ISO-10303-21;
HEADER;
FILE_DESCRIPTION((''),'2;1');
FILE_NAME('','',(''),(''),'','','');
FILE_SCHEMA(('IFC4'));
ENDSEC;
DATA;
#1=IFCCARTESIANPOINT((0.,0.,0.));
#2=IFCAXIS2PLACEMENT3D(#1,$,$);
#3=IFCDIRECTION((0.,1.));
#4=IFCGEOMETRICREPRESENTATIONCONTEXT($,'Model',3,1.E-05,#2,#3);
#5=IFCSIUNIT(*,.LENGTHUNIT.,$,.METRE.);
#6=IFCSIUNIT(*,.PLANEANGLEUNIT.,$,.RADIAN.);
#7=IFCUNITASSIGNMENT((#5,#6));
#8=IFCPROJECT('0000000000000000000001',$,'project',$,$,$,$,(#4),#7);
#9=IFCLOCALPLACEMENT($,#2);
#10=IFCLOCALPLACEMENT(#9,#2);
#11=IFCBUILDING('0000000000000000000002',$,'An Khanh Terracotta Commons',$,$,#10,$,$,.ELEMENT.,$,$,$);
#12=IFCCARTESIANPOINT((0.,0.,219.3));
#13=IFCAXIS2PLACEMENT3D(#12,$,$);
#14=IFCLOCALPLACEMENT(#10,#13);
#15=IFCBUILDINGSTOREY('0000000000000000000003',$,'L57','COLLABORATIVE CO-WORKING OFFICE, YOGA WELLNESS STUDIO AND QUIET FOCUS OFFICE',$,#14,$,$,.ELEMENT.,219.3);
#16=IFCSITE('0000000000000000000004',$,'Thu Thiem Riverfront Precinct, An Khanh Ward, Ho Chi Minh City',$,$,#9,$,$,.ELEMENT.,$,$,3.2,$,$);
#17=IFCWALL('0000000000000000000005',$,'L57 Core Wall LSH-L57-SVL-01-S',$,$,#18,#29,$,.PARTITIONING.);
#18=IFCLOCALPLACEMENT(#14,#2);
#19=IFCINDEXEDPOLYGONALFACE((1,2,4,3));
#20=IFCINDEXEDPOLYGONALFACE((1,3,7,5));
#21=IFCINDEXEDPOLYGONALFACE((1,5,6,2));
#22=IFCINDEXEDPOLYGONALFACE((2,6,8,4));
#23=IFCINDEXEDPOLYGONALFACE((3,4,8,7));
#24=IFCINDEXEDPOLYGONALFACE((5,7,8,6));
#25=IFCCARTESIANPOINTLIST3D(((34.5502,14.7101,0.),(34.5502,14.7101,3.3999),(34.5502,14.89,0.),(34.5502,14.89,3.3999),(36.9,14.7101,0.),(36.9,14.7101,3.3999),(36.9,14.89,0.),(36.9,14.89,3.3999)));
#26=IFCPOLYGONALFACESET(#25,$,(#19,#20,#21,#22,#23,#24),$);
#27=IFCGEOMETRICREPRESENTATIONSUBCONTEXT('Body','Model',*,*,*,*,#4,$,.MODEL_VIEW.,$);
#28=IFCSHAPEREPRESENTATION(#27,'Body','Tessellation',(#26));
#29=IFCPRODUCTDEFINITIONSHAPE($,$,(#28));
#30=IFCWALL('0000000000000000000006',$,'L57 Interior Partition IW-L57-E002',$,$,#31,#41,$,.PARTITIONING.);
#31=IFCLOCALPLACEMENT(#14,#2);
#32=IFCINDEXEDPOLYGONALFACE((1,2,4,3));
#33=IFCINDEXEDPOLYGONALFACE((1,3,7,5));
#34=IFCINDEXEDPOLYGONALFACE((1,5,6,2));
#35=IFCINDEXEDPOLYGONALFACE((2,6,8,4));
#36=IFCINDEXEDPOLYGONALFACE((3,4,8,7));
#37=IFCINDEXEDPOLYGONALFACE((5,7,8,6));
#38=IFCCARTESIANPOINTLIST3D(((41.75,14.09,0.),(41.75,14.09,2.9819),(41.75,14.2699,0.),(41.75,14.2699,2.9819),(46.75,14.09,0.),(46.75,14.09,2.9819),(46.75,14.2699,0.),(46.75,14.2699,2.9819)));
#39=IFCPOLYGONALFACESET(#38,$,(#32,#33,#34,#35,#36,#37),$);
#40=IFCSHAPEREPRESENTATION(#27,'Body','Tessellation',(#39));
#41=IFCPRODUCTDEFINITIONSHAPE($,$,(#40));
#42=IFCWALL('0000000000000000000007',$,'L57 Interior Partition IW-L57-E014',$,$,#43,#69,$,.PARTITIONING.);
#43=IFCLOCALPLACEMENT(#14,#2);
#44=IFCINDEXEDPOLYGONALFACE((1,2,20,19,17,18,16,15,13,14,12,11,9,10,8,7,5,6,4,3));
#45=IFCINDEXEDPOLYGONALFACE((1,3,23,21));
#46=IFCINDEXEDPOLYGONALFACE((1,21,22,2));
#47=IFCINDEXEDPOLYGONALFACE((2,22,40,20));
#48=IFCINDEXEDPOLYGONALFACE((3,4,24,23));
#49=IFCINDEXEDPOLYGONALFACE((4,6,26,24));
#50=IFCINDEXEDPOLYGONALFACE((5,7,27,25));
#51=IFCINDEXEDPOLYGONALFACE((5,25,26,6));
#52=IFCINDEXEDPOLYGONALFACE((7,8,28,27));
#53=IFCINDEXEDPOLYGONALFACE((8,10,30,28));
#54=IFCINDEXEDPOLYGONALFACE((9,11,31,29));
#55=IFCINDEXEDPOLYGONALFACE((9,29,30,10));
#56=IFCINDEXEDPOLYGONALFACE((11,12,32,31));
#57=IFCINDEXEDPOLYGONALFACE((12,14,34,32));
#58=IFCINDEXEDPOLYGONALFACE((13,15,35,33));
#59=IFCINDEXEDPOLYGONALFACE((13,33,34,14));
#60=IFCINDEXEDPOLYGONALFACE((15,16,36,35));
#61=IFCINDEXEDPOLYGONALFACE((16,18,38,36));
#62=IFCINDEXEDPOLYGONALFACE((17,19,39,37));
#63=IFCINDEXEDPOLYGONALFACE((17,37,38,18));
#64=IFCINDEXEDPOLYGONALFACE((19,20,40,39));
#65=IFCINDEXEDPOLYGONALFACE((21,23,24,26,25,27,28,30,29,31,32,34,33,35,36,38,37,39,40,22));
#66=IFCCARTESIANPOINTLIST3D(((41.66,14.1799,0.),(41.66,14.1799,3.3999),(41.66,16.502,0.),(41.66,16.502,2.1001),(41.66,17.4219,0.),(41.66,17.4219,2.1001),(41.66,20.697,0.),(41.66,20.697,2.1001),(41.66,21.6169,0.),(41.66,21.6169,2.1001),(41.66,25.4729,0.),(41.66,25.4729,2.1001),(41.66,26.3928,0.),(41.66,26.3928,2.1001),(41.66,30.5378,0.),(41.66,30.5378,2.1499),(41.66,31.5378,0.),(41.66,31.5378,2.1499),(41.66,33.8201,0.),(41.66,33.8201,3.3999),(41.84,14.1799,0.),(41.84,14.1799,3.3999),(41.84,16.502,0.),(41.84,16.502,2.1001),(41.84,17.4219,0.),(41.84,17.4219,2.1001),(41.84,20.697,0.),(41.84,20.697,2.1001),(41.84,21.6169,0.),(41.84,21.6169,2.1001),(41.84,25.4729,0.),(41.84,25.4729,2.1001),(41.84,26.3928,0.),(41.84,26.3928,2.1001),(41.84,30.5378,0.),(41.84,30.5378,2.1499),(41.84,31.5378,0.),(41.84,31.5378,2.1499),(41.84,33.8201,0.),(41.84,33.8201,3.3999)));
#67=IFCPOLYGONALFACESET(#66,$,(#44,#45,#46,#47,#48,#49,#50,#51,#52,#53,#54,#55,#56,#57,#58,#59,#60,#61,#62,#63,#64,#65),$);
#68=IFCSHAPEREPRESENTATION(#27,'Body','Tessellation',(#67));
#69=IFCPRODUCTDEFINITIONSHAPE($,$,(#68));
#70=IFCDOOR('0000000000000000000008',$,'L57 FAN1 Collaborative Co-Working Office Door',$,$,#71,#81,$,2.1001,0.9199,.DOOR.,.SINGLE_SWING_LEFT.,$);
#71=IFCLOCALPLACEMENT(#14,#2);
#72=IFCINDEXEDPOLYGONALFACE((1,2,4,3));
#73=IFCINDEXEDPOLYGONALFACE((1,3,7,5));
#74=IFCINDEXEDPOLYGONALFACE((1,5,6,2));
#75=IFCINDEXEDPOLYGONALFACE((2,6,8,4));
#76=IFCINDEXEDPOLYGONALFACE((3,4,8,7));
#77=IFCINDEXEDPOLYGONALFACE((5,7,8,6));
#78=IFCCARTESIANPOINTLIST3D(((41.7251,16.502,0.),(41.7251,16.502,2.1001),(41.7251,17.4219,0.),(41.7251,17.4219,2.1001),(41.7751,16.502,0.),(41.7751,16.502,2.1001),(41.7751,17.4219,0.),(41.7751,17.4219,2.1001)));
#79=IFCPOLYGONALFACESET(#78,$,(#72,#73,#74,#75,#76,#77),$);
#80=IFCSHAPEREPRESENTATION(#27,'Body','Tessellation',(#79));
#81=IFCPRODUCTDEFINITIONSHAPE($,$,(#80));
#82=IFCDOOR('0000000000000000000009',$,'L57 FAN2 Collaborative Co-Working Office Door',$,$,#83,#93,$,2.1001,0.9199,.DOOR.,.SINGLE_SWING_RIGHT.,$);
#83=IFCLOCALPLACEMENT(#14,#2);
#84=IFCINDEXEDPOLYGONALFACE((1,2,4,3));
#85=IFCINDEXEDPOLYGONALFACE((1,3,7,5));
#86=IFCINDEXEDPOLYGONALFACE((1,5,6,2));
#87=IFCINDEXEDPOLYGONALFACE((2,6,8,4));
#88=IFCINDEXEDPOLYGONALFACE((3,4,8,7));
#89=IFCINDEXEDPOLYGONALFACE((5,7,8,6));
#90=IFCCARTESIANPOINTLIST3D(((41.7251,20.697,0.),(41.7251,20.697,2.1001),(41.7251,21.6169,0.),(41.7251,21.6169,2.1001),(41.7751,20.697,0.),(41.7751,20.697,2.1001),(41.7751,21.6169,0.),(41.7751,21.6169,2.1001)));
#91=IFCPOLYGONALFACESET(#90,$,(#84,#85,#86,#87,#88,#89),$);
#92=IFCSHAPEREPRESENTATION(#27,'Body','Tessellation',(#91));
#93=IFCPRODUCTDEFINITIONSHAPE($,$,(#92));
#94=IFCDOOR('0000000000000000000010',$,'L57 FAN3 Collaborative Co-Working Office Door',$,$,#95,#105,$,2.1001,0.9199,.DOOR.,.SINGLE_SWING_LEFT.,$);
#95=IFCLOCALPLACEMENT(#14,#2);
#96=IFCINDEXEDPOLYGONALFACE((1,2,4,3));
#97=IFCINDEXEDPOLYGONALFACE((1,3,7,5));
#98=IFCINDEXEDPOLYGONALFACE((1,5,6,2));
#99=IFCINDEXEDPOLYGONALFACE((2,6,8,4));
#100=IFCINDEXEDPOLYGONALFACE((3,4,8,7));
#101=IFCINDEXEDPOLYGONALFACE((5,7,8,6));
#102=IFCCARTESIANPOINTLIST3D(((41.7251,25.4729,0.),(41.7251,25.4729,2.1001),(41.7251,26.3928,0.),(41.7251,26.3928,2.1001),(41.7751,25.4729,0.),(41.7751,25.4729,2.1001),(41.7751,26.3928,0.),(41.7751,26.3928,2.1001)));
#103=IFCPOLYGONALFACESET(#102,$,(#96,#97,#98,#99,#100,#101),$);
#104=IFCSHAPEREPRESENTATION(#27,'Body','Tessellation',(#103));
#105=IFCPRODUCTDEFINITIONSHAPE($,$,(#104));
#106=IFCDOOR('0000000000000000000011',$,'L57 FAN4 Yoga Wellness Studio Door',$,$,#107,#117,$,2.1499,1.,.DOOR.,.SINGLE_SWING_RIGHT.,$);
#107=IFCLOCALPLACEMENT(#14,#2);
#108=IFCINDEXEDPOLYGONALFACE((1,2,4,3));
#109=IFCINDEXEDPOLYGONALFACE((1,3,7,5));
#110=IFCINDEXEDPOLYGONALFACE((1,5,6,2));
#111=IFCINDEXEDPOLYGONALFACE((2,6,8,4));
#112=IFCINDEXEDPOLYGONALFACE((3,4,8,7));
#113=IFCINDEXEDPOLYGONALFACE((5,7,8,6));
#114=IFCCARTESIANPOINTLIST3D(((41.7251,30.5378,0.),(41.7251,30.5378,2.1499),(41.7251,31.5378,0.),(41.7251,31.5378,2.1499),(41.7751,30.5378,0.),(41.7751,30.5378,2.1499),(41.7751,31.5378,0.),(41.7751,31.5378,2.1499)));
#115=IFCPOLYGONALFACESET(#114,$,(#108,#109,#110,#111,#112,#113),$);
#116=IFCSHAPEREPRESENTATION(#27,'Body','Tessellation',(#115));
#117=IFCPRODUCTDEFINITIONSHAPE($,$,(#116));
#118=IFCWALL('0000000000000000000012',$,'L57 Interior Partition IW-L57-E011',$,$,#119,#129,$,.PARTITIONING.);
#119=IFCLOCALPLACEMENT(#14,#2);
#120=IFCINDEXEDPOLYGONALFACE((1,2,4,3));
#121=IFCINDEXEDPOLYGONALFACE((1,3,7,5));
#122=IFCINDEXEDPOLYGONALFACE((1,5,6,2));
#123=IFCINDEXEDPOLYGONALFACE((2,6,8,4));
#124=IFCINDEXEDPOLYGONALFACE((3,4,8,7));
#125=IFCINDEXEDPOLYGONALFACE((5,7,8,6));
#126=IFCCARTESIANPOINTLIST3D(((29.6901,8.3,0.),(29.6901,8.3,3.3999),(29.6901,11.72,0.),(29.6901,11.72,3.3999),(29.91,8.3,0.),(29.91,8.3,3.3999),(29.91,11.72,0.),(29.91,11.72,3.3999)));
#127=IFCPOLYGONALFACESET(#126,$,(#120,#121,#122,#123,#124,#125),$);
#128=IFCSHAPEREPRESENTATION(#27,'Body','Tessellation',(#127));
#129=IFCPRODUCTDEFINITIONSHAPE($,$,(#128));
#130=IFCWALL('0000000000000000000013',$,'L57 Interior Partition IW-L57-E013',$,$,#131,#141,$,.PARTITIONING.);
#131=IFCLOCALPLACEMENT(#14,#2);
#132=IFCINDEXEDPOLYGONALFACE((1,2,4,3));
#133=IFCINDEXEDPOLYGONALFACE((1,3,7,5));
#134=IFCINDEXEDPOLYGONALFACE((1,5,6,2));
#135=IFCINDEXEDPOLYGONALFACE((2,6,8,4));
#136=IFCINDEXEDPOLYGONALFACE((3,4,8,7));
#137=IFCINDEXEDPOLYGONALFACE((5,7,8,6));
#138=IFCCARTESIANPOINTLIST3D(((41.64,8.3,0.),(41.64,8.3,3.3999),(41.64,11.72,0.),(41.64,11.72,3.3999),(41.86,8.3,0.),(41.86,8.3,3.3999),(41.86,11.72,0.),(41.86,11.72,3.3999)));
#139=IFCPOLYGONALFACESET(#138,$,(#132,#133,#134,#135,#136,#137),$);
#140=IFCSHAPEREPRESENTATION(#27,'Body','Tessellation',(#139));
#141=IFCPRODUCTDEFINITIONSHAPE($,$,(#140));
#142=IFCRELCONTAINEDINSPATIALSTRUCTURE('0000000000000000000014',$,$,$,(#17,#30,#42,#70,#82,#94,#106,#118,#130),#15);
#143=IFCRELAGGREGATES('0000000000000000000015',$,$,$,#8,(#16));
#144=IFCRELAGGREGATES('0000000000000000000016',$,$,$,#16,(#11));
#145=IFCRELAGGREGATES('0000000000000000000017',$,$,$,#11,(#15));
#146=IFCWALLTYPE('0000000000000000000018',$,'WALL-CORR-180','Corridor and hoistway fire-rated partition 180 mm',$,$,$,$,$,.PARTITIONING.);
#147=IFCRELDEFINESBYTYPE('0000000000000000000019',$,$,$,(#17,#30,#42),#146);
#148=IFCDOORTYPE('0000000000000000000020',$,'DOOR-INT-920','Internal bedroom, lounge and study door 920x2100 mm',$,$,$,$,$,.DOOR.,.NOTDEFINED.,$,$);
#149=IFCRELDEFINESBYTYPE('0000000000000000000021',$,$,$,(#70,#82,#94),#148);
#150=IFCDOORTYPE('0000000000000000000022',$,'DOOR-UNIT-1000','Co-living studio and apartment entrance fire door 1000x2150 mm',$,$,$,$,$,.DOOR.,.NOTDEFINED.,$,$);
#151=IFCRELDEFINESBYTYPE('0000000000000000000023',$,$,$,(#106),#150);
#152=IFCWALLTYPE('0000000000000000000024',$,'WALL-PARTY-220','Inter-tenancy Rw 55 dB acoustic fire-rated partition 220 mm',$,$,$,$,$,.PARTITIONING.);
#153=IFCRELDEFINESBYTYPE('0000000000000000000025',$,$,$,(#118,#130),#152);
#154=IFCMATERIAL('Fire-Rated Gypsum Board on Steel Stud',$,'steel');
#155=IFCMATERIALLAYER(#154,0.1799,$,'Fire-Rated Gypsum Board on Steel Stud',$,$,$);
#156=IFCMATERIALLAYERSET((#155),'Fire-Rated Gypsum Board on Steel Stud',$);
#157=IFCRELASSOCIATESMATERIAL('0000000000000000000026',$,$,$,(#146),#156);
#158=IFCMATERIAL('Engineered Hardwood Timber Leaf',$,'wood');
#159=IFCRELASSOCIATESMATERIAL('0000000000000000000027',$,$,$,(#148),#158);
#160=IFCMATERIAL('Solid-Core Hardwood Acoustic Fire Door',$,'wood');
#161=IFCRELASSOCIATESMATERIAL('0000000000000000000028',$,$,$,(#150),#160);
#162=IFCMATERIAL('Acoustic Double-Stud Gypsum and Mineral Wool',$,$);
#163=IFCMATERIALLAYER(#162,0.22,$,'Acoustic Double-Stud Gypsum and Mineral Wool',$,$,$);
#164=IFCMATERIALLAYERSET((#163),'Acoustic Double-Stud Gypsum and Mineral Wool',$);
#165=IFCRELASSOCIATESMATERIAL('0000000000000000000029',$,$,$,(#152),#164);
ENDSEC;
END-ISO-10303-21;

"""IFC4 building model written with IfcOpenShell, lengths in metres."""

from ifc_helpers import new_model, si_unit, direction, frame, frame_2d, origin, place, context, subcontext, project, spatial, rectangle, extrude, material, layer, layer_set, type_object, element, fill, save


model = new_model("IFC4")

# Units and contexts
model_context = context("Model", 3, precision=1e-05, world=origin(), true_north=direction((0.0, 1.0)))
body_context = subcontext(model_context, "Body", "Model", "MODEL_VIEW")
ifc_project = project(units=[si_unit("LENGTHUNIT", "METRE"), si_unit("PLANEANGLEUNIT", "RADIAN")], contexts=[model_context])

# Site, building, storey
site_placement = place(None, origin())
site = spatial("IfcSite", under=ifc_project, at=site_placement, Name="Thu Thiem Riverfront Precinct, An Khanh Ward, Ho Chi Minh City", CompositionType="ELEMENT", RefElevation=3.2)
building_placement = place(site_placement, origin())
building = spatial("IfcBuilding", under=site, at=building_placement, Name="An Khanh Terracotta Commons", CompositionType="ELEMENT")
storey_placement = place(building_placement, frame((0.0, 0.0, 219.3)))
storey = spatial("IfcBuildingStorey", under=building, at=storey_placement, Name="L57", Description="COLLABORATIVE CO-WORKING OFFICE, YOGA WELLNESS STUDIO AND QUIET FOCUS OFFICE", CompositionType="ELEMENT", Elevation=219.3)

# Walls
ifc_material_1 = material(Name="Fire-Rated Gypsum Board on Steel Stud", Category="steel")
ifc_layer_1 = layer(ifc_material_1, 0.1799, Name="Fire-Rated Gypsum Board on Steel Stud")
ifc_layer_set_1 = layer_set([ifc_layer_1], Name="Fire-Rated Gypsum Board on Steel Stud")
wall_type_1 = type_object("IfcWallType", Name="WALL-CORR-180", Description="Corridor and hoistway fire-rated partition 180 mm", PredefinedType="PARTITIONING", material=ifc_layer_set_1)
wall_1_placement = place(storey_placement, frame((36.8999, 14.8, 0.0), z_axis=(0.0, 0.0, 1.0), x_axis=(-1.0, 0.0, 0.0)))
element("IfcWall", 1, at=wall_1_placement, inside=storey, type_object=wall_type_1, Name="L57 Core Wall LSH-L57-SVL-01-S", PredefinedType="PARTITIONING", context=body_context, shape_type="SweptSolid", body=[
    extrude(rectangle(XDim=2.3499, YDim=0.1799, at=frame_2d((1.1748, 0.0))), origin(), (0.0, 0.0, 1.0), 3.3999),
])
wall_2_placement = place(storey_placement, frame((41.75, 14.1799, 0.0), z_axis=(0.0, 0.0, 1.0), x_axis=(1.0, 0.0, 0.0)))
element("IfcWall", 2, at=wall_2_placement, inside=storey, type_object=wall_type_1, Name="L57 Interior Partition IW-L57-E002", PredefinedType="PARTITIONING", context=body_context, shape_type="SweptSolid", body=[
    extrude(rectangle(XDim=5.0, YDim=0.1799, at=frame_2d((2.5, 0.0))), origin(), (0.0, 0.0, 1.0), 2.9819),
])

# Wall, openings, doors
wall_3_placement = place(storey_placement, frame((41.75, 14.1799, 0.0), z_axis=(0.0, 0.0, 1.0), x_axis=(0.0, 1.0, 0.0)))
wall_3 = element("IfcWall", 3, at=wall_3_placement, inside=storey, type_object=wall_type_1, Name="L57 Interior Partition IW-L57-E014", PredefinedType="PARTITIONING", context=body_context, shape_type="SweptSolid", body=[
    extrude(rectangle(XDim=19.6401, YDim=0.1799, at=frame_2d((9.8201, 0.0))), origin(), (0.0, 0.0, 1.0), 3.3999),
])
opening_1_placement = place(wall_3_placement, frame((2.322, 0.0, 0.0)))
opening_1 = element("IfcOpeningElement", 4, at=opening_1_placement, cuts=wall_3, PredefinedType="OPENING", context=body_context, shape_type="SweptSolid", body=[
    extrude(rectangle(XDim=0.9199, YDim=2.1001, at=frame_2d((0.46, 1.05))), frame((0.0, 0.0999, 0.0), z_axis=(0.0, -1.0, 0.0), x_axis=(1.0, 0.0, 0.0)), (0.0, 0.0, 1.0), 0.2),
])
opening_2_placement = place(wall_3_placement, frame((6.5171, 0.0, 0.0)))
opening_2 = element("IfcOpeningElement", 5, at=opening_2_placement, cuts=wall_3, PredefinedType="OPENING", context=body_context, shape_type="SweptSolid", body=[
    extrude(rectangle(XDim=0.9199, YDim=2.1001, at=frame_2d((0.46, 1.05))), frame((0.0, 0.0999, 0.0), z_axis=(0.0, -1.0, 0.0), x_axis=(1.0, 0.0, 0.0)), (0.0, 0.0, 1.0), 0.2),
])
opening_3_placement = place(wall_3_placement, frame((11.293, 0.0, 0.0)))
opening_3 = element("IfcOpeningElement", 6, at=opening_3_placement, cuts=wall_3, PredefinedType="OPENING", context=body_context, shape_type="SweptSolid", body=[
    extrude(rectangle(XDim=0.9199, YDim=2.1001, at=frame_2d((0.46, 1.05))), frame((0.0, 0.0999, 0.0), z_axis=(0.0, -1.0, 0.0), x_axis=(1.0, 0.0, 0.0)), (0.0, 0.0, 1.0), 0.2),
])
opening_4_placement = place(wall_3_placement, frame((16.3579, 0.0, 0.0)))
opening_4 = element("IfcOpeningElement", 7, at=opening_4_placement, cuts=wall_3, PredefinedType="OPENING", context=body_context, shape_type="SweptSolid", body=[
    extrude(rectangle(XDim=1.0, YDim=2.1499, at=frame_2d((0.5, 1.075))), frame((0.0, 0.0999, 0.0), z_axis=(0.0, -1.0, 0.0), x_axis=(1.0, 0.0, 0.0)), (0.0, 0.0, 1.0), 0.2),
])
ifc_material_2 = material(Name="Engineered Hardwood Timber Leaf", Category="wood")
door_type_1 = type_object("IfcDoorType", Name="DOOR-INT-920", Description="Internal bedroom, lounge and study door 920x2100 mm", OperationType="NOTDEFINED", PredefinedType="DOOR", material=ifc_material_2)
door_1_placement = place(opening_1_placement, origin())
door_1 = element("IfcDoor", 8, at=door_1_placement, inside=storey, type_object=door_type_1, Name="L57 FAN1 Collaborative Co-Working Office Door", OperationType="SINGLE_SWING_LEFT", OverallHeight=2.1001, OverallWidth=0.9199, PredefinedType="DOOR", context=body_context, shape_type="SweptSolid", body=[
    extrude(rectangle(XDim=0.9199, YDim=2.1001, at=frame_2d((0.46, 1.05))), frame((0.0, 0.0249, 0.0), z_axis=(0.0, -1.0, 0.0), x_axis=(1.0, 0.0, 0.0)), (0.0, 0.0, 1.0), 0.05),
])
fill(opening_1, door_1)
door_2_placement = place(opening_2_placement, origin())
door_2 = element("IfcDoor", 9, at=door_2_placement, inside=storey, type_object=door_type_1, Name="L57 FAN2 Collaborative Co-Working Office Door", OperationType="SINGLE_SWING_RIGHT", OverallHeight=2.1001, OverallWidth=0.9199, PredefinedType="DOOR", context=body_context, shape_type="SweptSolid", body=[
    extrude(rectangle(XDim=0.9199, YDim=2.1001, at=frame_2d((0.46, 1.05))), frame((0.0, 0.0249, 0.0), z_axis=(0.0, -1.0, 0.0), x_axis=(1.0, 0.0, 0.0)), (0.0, 0.0, 1.0), 0.05),
])
fill(opening_2, door_2)
door_3_placement = place(opening_3_placement, origin())
door_3 = element("IfcDoor", 10, at=door_3_placement, inside=storey, type_object=door_type_1, Name="L57 FAN3 Collaborative Co-Working Office Door", OperationType="SINGLE_SWING_LEFT", OverallHeight=2.1001, OverallWidth=0.9199, PredefinedType="DOOR", context=body_context, shape_type="SweptSolid", body=[
    extrude(rectangle(XDim=0.9199, YDim=2.1001, at=frame_2d((0.46, 1.05))), frame((0.0, 0.0249, 0.0), z_axis=(0.0, -1.0, 0.0), x_axis=(1.0, 0.0, 0.0)), (0.0, 0.0, 1.0), 0.05),
])
fill(opening_3, door_3)
ifc_material_3 = material(Name="Solid-Core Hardwood Acoustic Fire Door", Category="wood")
door_type_2 = type_object("IfcDoorType", Name="DOOR-UNIT-1000", Description="Co-living studio and apartment entrance fire door 1000x2150 mm", OperationType="NOTDEFINED", PredefinedType="DOOR", material=ifc_material_3)
door_4_placement = place(opening_4_placement, origin())
door_4 = element("IfcDoor", 11, at=door_4_placement, inside=storey, type_object=door_type_2, Name="L57 FAN4 Yoga Wellness Studio Door", OperationType="SINGLE_SWING_RIGHT", OverallHeight=2.1499, OverallWidth=1.0, PredefinedType="DOOR", context=body_context, shape_type="SweptSolid", body=[
    extrude(rectangle(XDim=1.0, YDim=2.1499, at=frame_2d((0.5, 1.075))), frame((0.0, 0.0249, 0.0), z_axis=(0.0, -1.0, 0.0), x_axis=(1.0, 0.0, 0.0)), (0.0, 0.0, 1.0), 0.05),
])
fill(opening_4, door_4)

# Walls
ifc_material_4 = material(Name="Acoustic Double-Stud Gypsum and Mineral Wool")
ifc_layer_2 = layer(ifc_material_4, 0.22, Name="Acoustic Double-Stud Gypsum and Mineral Wool")
ifc_layer_set_2 = layer_set([ifc_layer_2], Name="Acoustic Double-Stud Gypsum and Mineral Wool")
wall_type_2 = type_object("IfcWallType", Name="WALL-PARTY-220", Description="Inter-tenancy Rw 55 dB acoustic fire-rated partition 220 mm", PredefinedType="PARTITIONING", material=ifc_layer_set_2)
for number, where, z_axis, x_axis, name in (
    (12, (29.8, 8.3, 0.0), (0.0, 0.0, 1.0), (0.0, 1.0, 0.0), "L57 Interior Partition IW-L57-E011"),
    (13, (41.75, 8.3, 0.0), (0.0, 0.0, 1.0), (0.0, 1.0, 0.0), "L57 Interior Partition IW-L57-E013"),
):
    element("IfcWall", number, at=place(storey_placement, frame(where, z_axis=z_axis, x_axis=x_axis)), inside=storey, type_object=wall_type_2, Name=name, PredefinedType="PARTITIONING", context=body_context, shape_type="SweptSolid", body=[
        extrude(rectangle(XDim=3.4199, YDim=0.22, at=frame_2d((1.71, 0.0))), origin(), (0.0, 0.0, 1.0), 3.3999),
    ])

save(model, "model.ifc")
